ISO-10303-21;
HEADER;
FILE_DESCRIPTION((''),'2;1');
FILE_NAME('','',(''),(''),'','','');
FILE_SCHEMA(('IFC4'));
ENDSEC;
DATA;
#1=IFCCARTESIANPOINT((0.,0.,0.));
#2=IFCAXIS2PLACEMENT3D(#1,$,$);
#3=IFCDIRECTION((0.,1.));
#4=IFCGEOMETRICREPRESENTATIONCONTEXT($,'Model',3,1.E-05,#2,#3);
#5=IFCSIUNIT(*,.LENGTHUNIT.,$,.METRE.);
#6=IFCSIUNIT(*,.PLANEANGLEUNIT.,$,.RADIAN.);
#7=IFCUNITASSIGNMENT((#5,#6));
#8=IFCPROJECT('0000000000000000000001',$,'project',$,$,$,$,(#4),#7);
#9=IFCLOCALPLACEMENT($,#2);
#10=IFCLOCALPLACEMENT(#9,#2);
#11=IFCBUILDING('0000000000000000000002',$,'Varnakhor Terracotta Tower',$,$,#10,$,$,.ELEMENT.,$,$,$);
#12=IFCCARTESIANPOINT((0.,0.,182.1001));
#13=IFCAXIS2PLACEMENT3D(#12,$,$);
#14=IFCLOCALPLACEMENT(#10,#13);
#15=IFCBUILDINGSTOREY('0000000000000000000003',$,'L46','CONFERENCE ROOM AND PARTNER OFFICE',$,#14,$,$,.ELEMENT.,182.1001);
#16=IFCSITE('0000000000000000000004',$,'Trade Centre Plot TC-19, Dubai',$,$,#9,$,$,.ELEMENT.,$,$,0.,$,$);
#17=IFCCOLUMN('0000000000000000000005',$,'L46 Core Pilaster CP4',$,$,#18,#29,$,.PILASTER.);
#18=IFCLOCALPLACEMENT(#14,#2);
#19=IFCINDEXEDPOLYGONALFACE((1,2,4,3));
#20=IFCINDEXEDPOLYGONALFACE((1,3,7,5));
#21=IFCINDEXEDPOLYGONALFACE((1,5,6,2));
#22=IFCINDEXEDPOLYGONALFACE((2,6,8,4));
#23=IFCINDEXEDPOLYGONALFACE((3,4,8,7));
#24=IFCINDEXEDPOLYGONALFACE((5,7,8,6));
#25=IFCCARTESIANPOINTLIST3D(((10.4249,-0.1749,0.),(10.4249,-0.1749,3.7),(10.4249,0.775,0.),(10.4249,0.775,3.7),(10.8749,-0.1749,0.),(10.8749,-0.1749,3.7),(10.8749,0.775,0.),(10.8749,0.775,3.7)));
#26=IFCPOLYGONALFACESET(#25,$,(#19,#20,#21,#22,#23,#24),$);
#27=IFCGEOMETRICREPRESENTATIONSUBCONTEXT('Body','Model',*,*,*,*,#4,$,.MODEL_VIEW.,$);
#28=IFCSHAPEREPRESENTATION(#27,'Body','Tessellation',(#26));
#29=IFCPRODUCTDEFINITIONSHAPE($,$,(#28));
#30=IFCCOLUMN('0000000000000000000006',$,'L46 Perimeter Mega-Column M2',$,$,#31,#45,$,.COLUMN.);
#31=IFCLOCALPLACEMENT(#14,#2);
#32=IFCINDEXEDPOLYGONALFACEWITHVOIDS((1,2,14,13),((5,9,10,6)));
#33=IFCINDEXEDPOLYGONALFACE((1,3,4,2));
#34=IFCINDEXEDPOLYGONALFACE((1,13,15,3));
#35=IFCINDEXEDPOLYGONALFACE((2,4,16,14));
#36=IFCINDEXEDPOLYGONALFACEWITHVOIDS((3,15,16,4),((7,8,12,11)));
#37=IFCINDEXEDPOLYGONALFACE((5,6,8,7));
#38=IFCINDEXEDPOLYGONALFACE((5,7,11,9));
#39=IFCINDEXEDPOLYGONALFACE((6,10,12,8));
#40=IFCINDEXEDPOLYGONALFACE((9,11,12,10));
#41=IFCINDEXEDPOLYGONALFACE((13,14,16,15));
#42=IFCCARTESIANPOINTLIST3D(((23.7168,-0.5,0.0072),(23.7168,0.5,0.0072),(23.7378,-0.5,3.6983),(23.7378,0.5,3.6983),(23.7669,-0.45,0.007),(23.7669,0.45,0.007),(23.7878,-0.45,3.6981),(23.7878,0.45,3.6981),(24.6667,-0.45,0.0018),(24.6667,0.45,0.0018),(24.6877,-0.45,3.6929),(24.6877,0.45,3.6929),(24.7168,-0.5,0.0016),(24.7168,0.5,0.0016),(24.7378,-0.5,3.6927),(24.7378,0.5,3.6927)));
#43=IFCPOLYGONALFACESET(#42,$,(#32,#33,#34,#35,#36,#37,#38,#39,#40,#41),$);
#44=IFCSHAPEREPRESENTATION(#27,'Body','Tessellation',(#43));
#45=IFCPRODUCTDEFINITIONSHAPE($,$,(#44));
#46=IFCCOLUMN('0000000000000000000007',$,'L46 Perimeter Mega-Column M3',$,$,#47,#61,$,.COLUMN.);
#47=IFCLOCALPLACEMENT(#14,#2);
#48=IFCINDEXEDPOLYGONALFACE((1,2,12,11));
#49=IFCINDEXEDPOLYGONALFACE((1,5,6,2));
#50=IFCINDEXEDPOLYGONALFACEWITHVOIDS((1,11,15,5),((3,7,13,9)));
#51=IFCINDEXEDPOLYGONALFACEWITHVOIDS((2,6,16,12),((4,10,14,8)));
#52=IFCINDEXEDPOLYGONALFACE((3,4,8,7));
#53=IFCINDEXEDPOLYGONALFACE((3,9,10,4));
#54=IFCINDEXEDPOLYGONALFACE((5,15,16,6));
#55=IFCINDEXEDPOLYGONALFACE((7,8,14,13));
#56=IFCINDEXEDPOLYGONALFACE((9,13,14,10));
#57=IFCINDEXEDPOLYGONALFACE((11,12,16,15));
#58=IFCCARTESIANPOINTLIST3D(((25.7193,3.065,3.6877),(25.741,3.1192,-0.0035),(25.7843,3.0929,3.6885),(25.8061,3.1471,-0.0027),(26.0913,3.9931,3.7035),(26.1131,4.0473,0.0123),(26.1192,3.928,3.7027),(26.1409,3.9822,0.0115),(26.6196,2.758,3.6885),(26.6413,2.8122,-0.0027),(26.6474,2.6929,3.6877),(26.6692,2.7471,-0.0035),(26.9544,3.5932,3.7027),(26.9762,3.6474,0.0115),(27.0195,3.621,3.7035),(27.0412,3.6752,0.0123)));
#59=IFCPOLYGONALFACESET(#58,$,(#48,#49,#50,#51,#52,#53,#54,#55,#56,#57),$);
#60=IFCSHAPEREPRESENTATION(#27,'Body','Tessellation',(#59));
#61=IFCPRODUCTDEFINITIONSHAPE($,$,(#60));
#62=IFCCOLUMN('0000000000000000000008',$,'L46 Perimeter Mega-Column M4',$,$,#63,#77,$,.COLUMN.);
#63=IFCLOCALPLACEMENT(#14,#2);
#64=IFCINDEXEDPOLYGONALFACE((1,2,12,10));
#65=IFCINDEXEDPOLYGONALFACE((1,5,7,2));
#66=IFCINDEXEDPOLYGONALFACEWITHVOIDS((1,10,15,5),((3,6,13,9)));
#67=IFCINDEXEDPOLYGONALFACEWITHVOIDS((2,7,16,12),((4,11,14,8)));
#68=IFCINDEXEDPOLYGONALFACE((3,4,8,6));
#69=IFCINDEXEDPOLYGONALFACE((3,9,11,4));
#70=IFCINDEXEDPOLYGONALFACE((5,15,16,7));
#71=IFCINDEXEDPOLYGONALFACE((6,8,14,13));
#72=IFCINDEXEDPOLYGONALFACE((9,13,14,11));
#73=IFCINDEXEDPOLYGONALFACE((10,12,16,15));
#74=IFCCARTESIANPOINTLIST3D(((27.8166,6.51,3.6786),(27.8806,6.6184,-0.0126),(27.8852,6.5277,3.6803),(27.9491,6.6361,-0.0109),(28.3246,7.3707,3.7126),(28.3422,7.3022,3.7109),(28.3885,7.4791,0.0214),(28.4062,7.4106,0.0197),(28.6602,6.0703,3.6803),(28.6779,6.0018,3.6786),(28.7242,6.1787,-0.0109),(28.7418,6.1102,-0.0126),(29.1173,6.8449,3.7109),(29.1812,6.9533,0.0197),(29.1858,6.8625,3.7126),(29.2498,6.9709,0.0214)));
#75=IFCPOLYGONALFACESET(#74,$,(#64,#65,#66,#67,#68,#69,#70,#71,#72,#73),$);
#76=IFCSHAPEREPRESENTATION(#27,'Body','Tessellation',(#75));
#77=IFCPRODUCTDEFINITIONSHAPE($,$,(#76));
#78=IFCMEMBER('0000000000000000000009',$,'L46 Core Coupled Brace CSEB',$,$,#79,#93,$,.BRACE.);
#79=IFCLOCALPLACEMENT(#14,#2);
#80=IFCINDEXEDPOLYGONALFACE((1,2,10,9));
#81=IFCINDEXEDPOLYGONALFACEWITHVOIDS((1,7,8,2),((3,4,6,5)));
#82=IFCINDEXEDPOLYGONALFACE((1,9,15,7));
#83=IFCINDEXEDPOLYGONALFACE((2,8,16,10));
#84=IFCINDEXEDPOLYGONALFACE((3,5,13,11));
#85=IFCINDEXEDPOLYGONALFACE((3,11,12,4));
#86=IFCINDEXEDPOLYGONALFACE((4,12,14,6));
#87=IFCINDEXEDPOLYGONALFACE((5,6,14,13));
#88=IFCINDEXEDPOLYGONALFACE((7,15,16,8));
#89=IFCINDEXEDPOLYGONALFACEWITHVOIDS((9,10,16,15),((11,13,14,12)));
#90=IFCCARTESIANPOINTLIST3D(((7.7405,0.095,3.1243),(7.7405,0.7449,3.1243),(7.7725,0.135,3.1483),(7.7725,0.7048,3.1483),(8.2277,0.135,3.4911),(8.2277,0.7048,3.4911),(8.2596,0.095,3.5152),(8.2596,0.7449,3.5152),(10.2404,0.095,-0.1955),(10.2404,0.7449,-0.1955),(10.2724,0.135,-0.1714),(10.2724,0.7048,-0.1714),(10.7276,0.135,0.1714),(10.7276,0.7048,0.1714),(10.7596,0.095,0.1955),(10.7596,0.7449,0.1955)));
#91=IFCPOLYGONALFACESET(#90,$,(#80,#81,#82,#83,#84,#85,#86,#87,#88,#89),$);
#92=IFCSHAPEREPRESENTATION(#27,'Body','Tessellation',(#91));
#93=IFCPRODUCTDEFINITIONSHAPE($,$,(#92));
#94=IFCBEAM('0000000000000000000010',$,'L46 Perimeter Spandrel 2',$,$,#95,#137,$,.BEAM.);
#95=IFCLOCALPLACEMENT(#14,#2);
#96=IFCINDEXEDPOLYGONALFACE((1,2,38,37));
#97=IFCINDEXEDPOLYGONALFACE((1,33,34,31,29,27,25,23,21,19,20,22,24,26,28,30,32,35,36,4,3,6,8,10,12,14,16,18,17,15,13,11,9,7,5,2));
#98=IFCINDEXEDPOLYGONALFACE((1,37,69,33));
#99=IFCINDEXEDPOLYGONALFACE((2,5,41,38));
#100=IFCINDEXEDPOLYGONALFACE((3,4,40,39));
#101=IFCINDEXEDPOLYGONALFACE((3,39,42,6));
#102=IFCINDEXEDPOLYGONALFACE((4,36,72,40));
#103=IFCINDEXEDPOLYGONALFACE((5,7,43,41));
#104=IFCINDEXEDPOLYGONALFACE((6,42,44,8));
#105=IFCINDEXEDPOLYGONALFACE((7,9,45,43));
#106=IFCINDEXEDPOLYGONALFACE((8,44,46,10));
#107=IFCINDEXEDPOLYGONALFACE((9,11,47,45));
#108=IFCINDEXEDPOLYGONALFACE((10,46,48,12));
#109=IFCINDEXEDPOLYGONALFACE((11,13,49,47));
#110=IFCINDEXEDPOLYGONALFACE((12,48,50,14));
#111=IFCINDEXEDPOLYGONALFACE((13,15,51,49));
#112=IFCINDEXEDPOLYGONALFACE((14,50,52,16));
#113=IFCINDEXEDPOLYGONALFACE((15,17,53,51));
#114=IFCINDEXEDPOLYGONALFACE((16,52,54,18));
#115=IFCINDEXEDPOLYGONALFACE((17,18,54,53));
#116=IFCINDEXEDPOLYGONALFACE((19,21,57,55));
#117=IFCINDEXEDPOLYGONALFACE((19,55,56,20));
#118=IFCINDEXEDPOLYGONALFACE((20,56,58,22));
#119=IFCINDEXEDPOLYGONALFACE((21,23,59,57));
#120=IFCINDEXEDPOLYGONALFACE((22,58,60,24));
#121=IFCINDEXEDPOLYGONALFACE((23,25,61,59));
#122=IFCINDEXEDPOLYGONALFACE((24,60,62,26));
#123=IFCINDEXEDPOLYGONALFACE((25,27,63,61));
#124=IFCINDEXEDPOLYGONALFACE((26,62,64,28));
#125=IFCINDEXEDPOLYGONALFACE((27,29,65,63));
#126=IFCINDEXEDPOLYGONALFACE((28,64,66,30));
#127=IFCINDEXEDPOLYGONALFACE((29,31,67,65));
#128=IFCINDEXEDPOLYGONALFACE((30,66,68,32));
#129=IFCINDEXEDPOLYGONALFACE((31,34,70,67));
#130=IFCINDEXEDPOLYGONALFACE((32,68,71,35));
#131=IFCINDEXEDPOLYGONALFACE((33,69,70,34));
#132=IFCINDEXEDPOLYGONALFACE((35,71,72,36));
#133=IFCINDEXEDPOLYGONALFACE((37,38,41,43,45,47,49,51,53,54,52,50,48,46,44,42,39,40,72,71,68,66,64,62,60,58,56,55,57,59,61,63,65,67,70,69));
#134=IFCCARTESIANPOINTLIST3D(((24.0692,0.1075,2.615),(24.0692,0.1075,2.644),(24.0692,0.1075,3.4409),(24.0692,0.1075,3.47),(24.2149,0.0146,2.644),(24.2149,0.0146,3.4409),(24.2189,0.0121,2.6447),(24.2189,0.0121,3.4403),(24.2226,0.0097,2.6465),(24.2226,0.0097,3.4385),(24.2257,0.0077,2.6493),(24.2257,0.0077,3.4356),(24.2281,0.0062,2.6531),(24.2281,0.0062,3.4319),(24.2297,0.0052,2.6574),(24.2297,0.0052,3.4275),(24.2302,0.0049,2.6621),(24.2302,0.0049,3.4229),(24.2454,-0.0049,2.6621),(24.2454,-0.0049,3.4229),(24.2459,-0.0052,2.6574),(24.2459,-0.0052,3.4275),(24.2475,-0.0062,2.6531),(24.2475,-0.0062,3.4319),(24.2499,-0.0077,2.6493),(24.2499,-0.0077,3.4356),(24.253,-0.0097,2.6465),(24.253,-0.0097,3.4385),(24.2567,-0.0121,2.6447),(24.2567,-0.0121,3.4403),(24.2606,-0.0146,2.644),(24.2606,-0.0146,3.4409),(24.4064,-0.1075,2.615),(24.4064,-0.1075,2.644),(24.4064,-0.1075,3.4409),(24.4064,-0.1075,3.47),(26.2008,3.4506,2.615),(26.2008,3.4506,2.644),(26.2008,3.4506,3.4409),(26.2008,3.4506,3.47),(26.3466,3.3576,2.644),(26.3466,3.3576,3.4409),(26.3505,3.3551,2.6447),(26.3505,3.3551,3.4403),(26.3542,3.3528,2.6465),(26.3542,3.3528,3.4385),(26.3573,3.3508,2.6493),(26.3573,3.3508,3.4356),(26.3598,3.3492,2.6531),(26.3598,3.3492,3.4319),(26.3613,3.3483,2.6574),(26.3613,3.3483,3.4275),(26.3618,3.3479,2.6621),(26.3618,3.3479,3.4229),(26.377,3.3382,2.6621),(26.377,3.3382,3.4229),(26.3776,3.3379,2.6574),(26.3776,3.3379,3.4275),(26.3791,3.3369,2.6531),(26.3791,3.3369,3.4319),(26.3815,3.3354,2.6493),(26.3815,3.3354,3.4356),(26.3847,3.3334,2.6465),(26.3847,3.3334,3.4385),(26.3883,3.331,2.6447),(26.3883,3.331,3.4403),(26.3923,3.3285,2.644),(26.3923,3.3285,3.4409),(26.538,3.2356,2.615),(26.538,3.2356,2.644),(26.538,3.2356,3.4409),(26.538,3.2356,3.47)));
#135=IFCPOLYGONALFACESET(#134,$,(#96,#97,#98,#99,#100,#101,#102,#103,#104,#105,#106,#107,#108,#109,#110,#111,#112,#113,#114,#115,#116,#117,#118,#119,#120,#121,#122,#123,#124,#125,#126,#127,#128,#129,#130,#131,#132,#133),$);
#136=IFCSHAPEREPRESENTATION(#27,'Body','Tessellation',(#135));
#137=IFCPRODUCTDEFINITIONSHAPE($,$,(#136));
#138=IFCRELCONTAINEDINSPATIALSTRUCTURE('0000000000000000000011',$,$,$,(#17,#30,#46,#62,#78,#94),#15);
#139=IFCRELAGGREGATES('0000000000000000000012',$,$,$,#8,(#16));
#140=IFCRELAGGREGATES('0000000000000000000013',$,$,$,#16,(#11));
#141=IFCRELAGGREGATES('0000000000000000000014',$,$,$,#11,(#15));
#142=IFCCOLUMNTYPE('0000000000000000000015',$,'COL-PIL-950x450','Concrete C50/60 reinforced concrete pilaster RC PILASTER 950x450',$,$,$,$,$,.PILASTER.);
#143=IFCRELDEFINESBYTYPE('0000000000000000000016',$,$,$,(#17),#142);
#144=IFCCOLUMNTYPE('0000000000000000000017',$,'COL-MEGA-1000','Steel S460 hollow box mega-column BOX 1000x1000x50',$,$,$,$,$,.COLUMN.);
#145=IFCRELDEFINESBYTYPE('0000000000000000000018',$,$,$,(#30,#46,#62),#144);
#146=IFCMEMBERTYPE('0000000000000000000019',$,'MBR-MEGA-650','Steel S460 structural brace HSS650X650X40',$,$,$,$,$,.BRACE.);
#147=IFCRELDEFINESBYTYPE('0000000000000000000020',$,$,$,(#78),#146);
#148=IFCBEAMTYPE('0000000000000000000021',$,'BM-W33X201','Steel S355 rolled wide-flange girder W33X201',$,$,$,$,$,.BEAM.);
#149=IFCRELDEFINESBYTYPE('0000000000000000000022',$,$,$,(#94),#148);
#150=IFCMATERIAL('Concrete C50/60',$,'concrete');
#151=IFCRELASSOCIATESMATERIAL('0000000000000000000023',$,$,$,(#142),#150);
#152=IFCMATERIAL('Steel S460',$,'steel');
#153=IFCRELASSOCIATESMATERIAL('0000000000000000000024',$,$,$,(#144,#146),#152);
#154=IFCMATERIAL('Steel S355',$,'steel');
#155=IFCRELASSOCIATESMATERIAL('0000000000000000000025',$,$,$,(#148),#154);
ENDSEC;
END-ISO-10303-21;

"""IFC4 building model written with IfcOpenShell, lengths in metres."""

from ifc_helpers import new_model, si_unit, direction, frame, origin, origin_2d, place, context, subcontext, project, spatial, rectangle, hollow_rectangle, i_section, extrude, source, transform, mapped, material, material_profile, profile_set, type_object, element, save


model = new_model("IFC4")

# Units and contexts
model_context = context("Model", 3, precision=1e-05, world=origin(), true_north=direction((0.0, 1.0)))
body_context = subcontext(model_context, "Body", "Model", "MODEL_VIEW")
ifc_project = project(units=[si_unit("LENGTHUNIT", "METRE"), si_unit("PLANEANGLEUNIT", "RADIAN")], contexts=[model_context])

# Site, building, storey
site_placement = place(None, origin())
site = spatial("IfcSite", under=ifc_project, at=site_placement, Name="Trade Centre Plot TC-19, Dubai", CompositionType="ELEMENT", RefElevation=0.0)
building_placement = place(site_placement, origin())
building = spatial("IfcBuilding", under=site, at=building_placement, Name="Varnakhor Terracotta Tower", CompositionType="ELEMENT")
storey_placement = place(building_placement, frame((0.0, 0.0, 182.1001)))
storey = spatial("IfcBuildingStorey", under=building, at=storey_placement, Name="L46", Description="CONFERENCE ROOM AND PARTNER OFFICE", CompositionType="ELEMENT", Elevation=182.1001)

# Columns
ifc_material_1 = material(Name="Concrete C50/60", Category="concrete")
ifc_material_profile_1 = material_profile(ifc_material_1, rectangle(XDim=0.45, YDim=0.95, at=origin_2d()), Name="RC PILASTER 950x450")
ifc_profile_set_1 = profile_set([ifc_material_profile_1], Name="Concrete C50/60")
column_type_1 = type_object("IfcColumnType", Name="COL-PIL-950x450", Description="Concrete C50/60 reinforced concrete pilaster RC PILASTER 950x450", PredefinedType="PILASTER", material=ifc_profile_set_1)
shared_shape_1 = source(origin(), body_context, "Body", "SweptSolid", [
    extrude(rectangle(XDim=0.45, YDim=0.95, at=origin_2d()), origin(), (0.0, 0.0, 1.0), 3.7),
])
column_1_placement = place(storey_placement, frame((10.6499, 0.3, 0.0), z_axis=(0.0, 0.0, 1.0), x_axis=(1.0, 0.0, 0.0)))
element("IfcColumn", 1, at=column_1_placement, inside=storey, type_object=column_type_1, Name="L46 Core Pilaster CP4", PredefinedType="PILASTER", context=body_context, shape_type="MappedRepresentation", body=[
    mapped(shared_shape_1, transform((0.0, 0.0, 0.0), scale=1.0)),
])
ifc_material_2 = material(Name="Steel S460", Category="steel")
ifc_material_profile_2 = material_profile(ifc_material_2, hollow_rectangle(XDim=1.0, YDim=1.0, WallThickness=0.05, at=origin_2d()), Name="BOX 1000x1000x50")
ifc_profile_set_2 = profile_set([ifc_material_profile_2], Name="Steel S460")
column_type_2 = type_object("IfcColumnType", Name="COL-MEGA-1000", Description="Steel S460 hollow box mega-column BOX 1000x1000x50", PredefinedType="COLUMN", material=ifc_profile_set_2)
shared_shape_2 = source(origin(), body_context, "Body", "SweptSolid", [
    extrude(hollow_rectangle(XDim=1.0, YDim=1.0, WallThickness=0.05, at=origin_2d()), origin(), (0.0, 0.0, 1.0), 3.6912),
])
column_2_placement = place(storey_placement, frame((24.2168, 0.0, 0.0044), z_axis=(0.005688, 0.0, 0.999984), x_axis=(0.0, 1.0, 0.0)))
element("IfcColumn", 2, at=column_2_placement, inside=storey, type_object=column_type_2, Name="L46 Perimeter Mega-Column M2", PredefinedType="COLUMN", context=body_context, shape_type="MappedRepresentation", body=[
    mapped(shared_shape_2, transform((0.0, 0.0, 0.0), scale=1.0)),
])
shared_shape_3 = source(origin(), body_context, "Body", "SweptSolid", [
    extrude(hollow_rectangle(XDim=1.0, YDim=1.0, WallThickness=0.05, at=origin_2d()), origin(), (0.0, 0.0, 1.0), 3.6917),
])
column_3_placement = place(storey_placement, frame((26.3911, 3.3972, 0.0044), z_axis=(-0.005886, -0.014682, 0.999875), x_axis=(0.928188, -0.372111, 0.0)))
element("IfcColumn", 3, at=column_3_placement, inside=storey, type_object=column_type_2, Name="L46 Perimeter Mega-Column M3", PredefinedType="COLUMN", context=body_context, shape_type="MappedRepresentation", body=[
    mapped(shared_shape_3, transform((0.0, 0.0, 0.0), scale=1.0)),
])
shared_shape_4 = source(origin(), body_context, "Body", "SweptSolid", [
    extrude(hollow_rectangle(XDim=1.0, YDim=1.0, WallThickness=0.05, at=origin_2d()), origin(), (0.0, 0.0, 1.0), 3.6934),
])
column_4_placement = place(storey_placement, frame((28.5652, 6.7947, 0.0044), z_axis=(-0.017319, -0.02935, 0.999419), x_axis=(0.861235, -0.508206, 0.0)))
element("IfcColumn", 4, at=column_4_placement, inside=storey, type_object=column_type_2, Name="L46 Perimeter Mega-Column M4", PredefinedType="COLUMN", context=body_context, shape_type="MappedRepresentation", body=[
    mapped(shared_shape_4, transform((0.0, 0.0, 0.0), scale=1.0)),
])

# Member
ifc_material_profile_3 = material_profile(ifc_material_2, hollow_rectangle(XDim=0.6499, YDim=0.6499, WallThickness=0.04, at=origin_2d()), Name="HSS650X650X40")
ifc_profile_set_3 = profile_set([ifc_material_profile_3], Name="Steel S460")
member_type_1 = type_object("IfcMemberType", Name="MBR-MEGA-650", Description="Steel S460 structural brace HSS650X650X40", PredefinedType="BRACE", material=ifc_profile_set_3)
shared_shape_5 = source(origin(), body_context, "Body", "SweptSolid", [
    extrude(hollow_rectangle(XDim=0.6499, YDim=0.6499, WallThickness=0.04, at=origin_2d()), origin(), (0.0, 0.0, 1.0), 4.1558),
])
member_1_placement = place(storey_placement, frame((10.5, 0.4199, 0.0), z_axis=(-0.601559, 0.0, 0.798828), x_axis=(0.0, -1.0, 0.0)))
element("IfcMember", 5, at=member_1_placement, inside=storey, type_object=member_type_1, Name="L46 Core Coupled Brace CSEB", PredefinedType="BRACE", context=body_context, shape_type="MappedRepresentation", body=[
    mapped(shared_shape_5, transform((0.0, 0.0, 0.0), scale=1.0)),
])

# Beam
ifc_material_3 = material(Name="Steel S355", Category="steel")
ifc_material_profile_4 = material_profile(ifc_material_3, i_section(OverallWidth=0.3999, OverallDepth=0.855, WebThickness=0.0181, FlangeThickness=0.0291, FilletRadius=0.0181, at=origin_2d()), Name="W33X201")
ifc_profile_set_4 = profile_set([ifc_material_profile_4], Name="Steel S355")
beam_type_1 = type_object("IfcBeamType", Name="BM-W33X201", Description="Steel S355 rolled wide-flange girder W33X201", PredefinedType="BEAM", material=ifc_profile_set_4)
shared_shape_6 = source(origin(), body_context, "Body", "SweptSolid", [
    extrude(i_section(OverallWidth=0.3999, OverallDepth=0.855, WebThickness=0.0181, FlangeThickness=0.0291, FilletRadius=0.0181, at=origin_2d()), origin(), (0.0, 0.0, 1.0), 3.9648),
])
beam_1_placement = place(storey_placement, frame((24.2378, 0.0, 3.0425), z_axis=(0.537632, 0.843179, 0.0), x_axis=(-0.843179, 0.537632, 0.0)))
element("IfcBeam", 6, at=beam_1_placement, inside=storey, type_object=beam_type_1, Name="L46 Perimeter Spandrel 2", PredefinedType="BEAM", context=body_context, shape_type="MappedRepresentation", body=[
    mapped(shared_shape_6, transform((0.0, 0.0, 0.0), scale=1.0)),
])

save(model, "model.ifc")
